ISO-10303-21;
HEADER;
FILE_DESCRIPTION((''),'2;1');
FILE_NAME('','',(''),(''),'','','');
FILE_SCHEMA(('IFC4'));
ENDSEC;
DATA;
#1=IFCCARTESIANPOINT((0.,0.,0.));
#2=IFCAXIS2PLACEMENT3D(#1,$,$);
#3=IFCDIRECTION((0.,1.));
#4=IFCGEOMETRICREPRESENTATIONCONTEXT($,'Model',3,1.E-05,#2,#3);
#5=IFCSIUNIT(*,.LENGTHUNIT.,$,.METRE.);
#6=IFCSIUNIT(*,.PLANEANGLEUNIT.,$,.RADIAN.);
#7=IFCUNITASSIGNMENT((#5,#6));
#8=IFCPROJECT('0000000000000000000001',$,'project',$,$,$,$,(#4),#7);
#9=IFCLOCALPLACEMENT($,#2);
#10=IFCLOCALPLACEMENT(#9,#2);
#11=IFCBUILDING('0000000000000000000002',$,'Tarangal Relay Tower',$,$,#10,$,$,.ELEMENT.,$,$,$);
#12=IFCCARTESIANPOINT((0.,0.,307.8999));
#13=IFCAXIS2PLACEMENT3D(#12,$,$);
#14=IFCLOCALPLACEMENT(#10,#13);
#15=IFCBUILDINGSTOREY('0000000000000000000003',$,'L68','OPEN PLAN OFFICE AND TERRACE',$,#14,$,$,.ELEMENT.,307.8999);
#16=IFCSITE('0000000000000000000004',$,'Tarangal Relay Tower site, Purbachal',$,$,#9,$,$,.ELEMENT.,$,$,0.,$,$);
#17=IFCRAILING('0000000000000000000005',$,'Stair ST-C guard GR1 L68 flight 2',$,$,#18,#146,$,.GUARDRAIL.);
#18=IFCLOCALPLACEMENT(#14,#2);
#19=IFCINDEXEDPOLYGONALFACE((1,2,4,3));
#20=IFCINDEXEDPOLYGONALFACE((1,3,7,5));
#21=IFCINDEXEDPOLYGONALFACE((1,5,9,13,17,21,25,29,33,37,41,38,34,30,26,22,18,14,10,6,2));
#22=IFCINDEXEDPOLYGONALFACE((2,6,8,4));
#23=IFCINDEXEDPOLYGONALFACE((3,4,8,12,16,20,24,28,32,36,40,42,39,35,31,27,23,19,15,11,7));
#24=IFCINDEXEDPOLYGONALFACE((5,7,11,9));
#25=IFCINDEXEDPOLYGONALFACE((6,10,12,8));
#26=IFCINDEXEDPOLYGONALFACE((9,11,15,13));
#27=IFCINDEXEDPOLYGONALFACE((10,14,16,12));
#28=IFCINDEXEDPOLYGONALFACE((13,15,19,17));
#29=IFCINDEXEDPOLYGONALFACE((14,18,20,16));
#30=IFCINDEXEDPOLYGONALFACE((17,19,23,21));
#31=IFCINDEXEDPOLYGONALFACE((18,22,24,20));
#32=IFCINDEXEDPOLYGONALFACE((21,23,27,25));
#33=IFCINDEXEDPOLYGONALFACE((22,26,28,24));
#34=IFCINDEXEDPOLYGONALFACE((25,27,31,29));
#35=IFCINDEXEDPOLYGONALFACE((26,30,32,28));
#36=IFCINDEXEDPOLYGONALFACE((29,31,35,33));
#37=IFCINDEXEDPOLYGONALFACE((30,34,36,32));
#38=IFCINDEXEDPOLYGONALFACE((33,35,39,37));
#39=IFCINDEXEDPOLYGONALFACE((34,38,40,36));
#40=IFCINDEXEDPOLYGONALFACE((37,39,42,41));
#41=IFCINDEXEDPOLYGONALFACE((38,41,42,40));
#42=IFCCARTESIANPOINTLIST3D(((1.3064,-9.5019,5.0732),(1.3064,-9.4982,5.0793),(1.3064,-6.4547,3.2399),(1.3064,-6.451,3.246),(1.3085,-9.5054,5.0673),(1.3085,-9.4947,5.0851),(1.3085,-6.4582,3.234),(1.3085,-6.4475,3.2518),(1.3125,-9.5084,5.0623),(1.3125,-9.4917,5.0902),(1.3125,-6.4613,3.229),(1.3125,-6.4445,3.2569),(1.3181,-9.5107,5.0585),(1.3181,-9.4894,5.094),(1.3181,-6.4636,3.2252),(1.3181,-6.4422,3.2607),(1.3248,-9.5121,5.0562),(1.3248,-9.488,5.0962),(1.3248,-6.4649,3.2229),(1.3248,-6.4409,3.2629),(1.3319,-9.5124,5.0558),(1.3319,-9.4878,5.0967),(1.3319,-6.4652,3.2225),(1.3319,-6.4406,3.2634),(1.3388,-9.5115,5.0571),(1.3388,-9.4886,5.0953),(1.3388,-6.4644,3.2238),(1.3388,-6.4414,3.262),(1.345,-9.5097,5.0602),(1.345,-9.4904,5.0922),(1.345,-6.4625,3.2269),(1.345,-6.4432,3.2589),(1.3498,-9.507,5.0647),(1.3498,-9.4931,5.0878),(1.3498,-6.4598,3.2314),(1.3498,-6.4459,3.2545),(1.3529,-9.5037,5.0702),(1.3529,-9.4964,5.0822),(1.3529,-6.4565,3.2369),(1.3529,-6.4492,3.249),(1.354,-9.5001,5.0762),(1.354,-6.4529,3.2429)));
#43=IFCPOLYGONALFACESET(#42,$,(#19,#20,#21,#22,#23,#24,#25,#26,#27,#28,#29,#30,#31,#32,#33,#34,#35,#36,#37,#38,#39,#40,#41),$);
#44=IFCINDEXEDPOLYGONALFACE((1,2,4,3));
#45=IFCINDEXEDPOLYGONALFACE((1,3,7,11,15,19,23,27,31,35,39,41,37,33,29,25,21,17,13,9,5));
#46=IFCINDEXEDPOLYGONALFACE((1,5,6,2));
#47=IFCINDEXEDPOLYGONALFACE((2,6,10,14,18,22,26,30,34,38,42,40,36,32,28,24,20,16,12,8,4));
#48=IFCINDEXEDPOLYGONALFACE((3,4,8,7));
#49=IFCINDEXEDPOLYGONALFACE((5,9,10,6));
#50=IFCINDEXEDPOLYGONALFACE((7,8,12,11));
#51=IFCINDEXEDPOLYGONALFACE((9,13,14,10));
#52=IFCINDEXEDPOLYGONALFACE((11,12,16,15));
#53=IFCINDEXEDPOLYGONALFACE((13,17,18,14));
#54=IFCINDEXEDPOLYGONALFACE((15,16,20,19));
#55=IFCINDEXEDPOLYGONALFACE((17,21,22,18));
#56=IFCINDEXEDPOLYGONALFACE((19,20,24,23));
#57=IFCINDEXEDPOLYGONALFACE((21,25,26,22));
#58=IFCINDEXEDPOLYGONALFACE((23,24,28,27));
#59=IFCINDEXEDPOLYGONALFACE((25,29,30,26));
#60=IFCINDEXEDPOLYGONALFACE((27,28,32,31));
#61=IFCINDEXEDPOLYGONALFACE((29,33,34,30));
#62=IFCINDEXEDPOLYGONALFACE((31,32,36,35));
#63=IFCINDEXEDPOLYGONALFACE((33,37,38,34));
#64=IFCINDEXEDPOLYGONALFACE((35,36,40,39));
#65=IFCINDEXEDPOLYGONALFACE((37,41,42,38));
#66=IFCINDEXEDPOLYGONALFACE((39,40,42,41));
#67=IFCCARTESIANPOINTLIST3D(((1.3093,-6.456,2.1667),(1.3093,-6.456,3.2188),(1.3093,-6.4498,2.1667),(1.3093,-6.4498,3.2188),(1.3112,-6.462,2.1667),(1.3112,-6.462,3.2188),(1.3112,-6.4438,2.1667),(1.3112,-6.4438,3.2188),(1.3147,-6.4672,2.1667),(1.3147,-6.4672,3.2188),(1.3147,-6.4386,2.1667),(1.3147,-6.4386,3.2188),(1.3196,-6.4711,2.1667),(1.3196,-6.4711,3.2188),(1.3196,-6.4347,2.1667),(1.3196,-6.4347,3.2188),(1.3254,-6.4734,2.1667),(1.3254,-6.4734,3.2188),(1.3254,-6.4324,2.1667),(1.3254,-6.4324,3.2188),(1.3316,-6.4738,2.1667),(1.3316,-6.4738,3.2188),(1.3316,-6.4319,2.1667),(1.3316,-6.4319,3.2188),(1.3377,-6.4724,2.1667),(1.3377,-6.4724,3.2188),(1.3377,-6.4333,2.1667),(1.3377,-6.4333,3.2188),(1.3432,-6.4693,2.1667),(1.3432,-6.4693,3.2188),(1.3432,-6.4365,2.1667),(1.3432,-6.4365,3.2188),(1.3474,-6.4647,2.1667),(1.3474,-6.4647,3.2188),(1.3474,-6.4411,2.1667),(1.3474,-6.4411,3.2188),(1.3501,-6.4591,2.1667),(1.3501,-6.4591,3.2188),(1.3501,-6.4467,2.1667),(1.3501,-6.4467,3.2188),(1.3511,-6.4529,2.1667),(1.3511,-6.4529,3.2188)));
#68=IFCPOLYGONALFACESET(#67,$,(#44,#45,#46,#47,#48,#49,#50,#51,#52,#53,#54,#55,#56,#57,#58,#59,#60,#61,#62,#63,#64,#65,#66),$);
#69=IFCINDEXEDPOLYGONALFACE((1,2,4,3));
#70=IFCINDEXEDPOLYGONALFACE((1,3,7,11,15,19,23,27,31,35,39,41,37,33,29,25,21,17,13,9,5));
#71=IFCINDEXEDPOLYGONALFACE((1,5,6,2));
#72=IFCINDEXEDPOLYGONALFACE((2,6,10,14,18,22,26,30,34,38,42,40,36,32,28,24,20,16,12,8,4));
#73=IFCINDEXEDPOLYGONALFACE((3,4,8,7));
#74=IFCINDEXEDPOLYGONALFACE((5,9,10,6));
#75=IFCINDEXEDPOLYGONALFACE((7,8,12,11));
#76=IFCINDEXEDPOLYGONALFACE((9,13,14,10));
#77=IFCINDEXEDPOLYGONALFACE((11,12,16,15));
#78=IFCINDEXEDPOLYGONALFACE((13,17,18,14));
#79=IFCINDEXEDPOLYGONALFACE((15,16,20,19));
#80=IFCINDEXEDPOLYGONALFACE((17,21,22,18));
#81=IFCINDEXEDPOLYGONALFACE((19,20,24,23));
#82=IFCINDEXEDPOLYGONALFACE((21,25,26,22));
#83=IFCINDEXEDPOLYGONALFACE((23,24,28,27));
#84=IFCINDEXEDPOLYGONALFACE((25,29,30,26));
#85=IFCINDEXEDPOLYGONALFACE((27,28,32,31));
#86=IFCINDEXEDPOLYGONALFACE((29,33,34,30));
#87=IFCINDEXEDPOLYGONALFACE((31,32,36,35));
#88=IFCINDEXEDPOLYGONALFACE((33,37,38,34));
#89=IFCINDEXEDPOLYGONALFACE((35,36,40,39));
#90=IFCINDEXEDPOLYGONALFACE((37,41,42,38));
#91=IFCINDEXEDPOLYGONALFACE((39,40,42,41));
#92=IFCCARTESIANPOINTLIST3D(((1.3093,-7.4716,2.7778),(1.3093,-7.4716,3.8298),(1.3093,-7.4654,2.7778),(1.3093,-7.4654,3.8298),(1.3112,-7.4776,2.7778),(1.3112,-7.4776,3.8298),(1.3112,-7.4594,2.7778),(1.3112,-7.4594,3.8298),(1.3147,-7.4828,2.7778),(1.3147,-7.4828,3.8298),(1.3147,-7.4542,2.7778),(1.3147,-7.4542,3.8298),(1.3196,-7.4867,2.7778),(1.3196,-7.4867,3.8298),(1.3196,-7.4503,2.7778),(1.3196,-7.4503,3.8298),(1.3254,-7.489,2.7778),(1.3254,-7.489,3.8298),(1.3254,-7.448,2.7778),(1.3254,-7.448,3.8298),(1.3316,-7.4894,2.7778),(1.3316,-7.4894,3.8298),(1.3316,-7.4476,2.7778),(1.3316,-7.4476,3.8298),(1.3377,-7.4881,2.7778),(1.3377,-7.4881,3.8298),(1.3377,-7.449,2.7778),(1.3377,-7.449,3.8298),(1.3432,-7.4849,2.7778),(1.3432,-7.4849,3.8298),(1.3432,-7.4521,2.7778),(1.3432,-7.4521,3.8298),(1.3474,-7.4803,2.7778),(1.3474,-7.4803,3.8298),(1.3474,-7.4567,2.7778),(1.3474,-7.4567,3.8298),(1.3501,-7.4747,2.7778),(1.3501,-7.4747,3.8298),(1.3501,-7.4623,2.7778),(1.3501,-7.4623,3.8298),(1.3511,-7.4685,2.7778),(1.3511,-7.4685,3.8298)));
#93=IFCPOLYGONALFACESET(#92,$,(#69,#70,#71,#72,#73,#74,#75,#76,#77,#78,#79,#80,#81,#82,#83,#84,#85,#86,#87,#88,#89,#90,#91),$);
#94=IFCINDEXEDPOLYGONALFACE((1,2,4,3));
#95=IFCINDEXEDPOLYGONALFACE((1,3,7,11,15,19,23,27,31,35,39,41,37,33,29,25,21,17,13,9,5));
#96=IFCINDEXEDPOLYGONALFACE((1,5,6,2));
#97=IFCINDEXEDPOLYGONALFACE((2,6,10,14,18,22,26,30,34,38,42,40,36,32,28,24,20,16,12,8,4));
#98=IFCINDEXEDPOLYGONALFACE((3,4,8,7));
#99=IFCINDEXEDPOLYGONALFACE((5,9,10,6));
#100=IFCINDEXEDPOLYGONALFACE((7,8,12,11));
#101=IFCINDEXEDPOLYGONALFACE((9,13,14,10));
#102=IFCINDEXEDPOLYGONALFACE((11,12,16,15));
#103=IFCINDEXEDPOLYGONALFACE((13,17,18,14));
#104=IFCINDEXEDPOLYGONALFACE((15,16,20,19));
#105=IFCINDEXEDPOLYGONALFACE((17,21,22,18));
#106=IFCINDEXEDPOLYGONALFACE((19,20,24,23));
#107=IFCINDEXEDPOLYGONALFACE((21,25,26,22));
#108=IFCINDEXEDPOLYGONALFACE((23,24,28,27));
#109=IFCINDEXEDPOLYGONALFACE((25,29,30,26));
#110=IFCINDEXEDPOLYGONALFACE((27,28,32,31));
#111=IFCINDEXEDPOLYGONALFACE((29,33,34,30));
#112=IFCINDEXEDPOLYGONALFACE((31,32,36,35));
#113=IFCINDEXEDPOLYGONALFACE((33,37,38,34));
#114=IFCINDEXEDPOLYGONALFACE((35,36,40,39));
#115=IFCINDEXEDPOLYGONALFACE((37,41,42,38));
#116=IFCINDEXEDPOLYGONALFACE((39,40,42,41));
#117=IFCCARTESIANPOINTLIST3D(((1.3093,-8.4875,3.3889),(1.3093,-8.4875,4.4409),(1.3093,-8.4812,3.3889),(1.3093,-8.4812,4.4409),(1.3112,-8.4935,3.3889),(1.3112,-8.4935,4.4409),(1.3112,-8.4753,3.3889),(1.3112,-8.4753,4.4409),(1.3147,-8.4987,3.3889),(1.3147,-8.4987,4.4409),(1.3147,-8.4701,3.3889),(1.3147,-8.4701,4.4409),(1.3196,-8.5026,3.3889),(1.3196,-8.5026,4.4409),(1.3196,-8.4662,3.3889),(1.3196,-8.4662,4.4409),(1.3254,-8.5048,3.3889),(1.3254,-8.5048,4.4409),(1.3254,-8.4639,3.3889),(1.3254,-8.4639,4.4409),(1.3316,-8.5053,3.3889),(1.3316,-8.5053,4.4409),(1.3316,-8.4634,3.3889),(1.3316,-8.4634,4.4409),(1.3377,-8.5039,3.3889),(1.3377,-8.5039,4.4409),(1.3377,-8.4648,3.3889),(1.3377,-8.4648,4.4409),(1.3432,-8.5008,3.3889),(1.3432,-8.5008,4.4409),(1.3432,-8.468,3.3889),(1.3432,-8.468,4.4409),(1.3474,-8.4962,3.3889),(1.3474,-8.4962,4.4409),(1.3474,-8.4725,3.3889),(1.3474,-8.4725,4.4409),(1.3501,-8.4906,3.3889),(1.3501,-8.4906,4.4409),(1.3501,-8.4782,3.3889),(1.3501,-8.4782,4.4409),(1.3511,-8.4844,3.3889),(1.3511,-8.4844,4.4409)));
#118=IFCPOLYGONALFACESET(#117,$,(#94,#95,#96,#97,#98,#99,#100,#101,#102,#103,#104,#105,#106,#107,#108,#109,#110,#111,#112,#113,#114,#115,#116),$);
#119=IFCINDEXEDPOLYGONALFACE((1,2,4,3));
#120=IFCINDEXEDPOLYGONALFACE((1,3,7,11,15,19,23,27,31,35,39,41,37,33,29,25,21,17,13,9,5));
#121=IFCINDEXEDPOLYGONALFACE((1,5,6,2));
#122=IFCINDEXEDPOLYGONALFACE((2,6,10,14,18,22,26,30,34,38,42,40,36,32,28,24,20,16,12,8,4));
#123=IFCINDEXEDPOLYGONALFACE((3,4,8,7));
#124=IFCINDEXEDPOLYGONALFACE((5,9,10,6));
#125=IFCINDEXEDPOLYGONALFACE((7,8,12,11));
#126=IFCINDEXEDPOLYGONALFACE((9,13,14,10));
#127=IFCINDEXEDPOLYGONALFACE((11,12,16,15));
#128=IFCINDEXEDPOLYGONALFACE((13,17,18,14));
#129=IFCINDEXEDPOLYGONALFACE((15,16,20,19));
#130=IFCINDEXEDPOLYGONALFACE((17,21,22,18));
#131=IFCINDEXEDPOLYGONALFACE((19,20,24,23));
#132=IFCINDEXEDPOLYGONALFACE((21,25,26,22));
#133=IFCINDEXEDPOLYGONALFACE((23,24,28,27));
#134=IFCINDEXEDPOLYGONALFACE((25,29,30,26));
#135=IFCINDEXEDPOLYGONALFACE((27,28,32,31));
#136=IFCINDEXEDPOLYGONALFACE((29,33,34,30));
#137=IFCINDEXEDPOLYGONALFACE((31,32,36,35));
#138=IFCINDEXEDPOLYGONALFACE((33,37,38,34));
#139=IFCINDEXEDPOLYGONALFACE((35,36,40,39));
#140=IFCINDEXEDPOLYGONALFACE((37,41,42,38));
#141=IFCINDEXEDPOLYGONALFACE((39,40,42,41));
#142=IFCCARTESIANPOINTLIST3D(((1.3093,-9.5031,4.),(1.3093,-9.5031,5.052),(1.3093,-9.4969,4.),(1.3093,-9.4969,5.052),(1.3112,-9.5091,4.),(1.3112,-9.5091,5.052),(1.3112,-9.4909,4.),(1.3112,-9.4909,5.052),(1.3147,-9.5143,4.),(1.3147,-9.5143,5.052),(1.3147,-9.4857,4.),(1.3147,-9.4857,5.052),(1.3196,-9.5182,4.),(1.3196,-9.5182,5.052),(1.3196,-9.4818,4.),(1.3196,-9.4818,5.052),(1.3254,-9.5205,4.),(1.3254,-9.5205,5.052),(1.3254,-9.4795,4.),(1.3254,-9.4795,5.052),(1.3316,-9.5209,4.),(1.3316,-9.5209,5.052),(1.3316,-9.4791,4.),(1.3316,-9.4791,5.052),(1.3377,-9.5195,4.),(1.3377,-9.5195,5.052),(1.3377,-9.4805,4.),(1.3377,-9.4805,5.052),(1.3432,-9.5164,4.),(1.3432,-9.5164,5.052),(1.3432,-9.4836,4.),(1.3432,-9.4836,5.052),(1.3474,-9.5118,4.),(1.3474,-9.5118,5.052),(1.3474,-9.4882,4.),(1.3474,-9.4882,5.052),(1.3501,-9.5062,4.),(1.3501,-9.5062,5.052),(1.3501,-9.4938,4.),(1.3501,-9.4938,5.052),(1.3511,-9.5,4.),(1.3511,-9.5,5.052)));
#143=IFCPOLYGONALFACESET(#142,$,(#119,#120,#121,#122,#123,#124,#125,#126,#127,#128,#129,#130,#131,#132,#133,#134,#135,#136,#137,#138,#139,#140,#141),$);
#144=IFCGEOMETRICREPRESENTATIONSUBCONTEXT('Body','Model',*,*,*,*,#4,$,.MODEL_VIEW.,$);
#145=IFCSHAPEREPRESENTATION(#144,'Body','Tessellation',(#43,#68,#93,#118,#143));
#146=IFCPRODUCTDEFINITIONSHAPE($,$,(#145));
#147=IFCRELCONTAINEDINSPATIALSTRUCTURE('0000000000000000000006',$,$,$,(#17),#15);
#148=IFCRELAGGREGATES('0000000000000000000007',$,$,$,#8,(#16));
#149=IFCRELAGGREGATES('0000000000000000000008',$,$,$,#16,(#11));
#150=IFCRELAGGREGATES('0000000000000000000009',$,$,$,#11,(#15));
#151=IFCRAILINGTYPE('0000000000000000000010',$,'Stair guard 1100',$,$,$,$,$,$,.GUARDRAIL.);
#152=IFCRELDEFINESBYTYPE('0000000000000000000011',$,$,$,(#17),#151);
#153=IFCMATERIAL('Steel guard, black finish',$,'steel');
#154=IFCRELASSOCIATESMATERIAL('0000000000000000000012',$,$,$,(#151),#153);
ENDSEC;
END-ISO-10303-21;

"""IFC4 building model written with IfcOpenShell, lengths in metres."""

from ifc_helpers import new_model, si_unit, direction, frame, origin, origin_2d, place, context, subcontext, project, spatial, circle, extrude, material, type_object, element, save


model = new_model("IFC4")

# Units and contexts
model_context = context("Model", 3, precision=1e-05, world=origin(), true_north=direction((0.0, 1.0)))
body_context = subcontext(model_context, "Body", "Model", "MODEL_VIEW")
ifc_project = project(units=[si_unit("LENGTHUNIT", "METRE"), si_unit("PLANEANGLEUNIT", "RADIAN")], contexts=[model_context])

# Site, building, storey
site_placement = place(None, origin())
site = spatial("IfcSite", under=ifc_project, at=site_placement, Name="Tarangal Relay Tower site, Purbachal", CompositionType="ELEMENT", RefElevation=0.0)
building_placement = place(site_placement, origin())
building = spatial("IfcBuilding", under=site, at=building_placement, Name="Tarangal Relay Tower", CompositionType="ELEMENT")
storey_placement = place(building_placement, frame((0.0, 0.0, 307.8999)))
storey = spatial("IfcBuildingStorey", under=building, at=storey_placement, Name="L68", Description="OPEN PLAN OFFICE AND TERRACE", CompositionType="ELEMENT", Elevation=307.8999)

# Railing
ifc_material_1 = material(Name="Steel guard, black finish", Category="steel")
railing_type = type_object("IfcRailingType", Name="Stair guard 1100", PredefinedType="GUARDRAIL", material=ifc_material_1)
railing_placement = place(storey_placement, frame((1.3301, -6.4529, 2.1667)))
element("IfcRailing", 1, at=railing_placement, inside=storey, type_object=railing_type, Name="Stair ST-C guard GR1 L68 flight 2", PredefinedType="GUARDRAIL", context=body_context, shape_type="SweptSolid", body=[
    extrude(circle(Radius=0.0239, at=origin_2d()), frame((0.0, 0.0, 1.0762), z_axis=(0.0, -0.856874, 0.515525), x_axis=(1.0, 0.0, 0.0)), (0.0, 0.0, 1.0), 3.5562),
    extrude(circle(Radius=0.021, at=origin_2d()), origin(), (0.0, 0.0, 1.0), 1.052),
    extrude(circle(Radius=0.021, at=origin_2d()), frame((0.0, -1.0156, 0.6111)), (0.0, 0.0, 1.0), 1.052),
    extrude(circle(Radius=0.021, at=origin_2d()), frame((0.0, -2.0315, 1.2222)), (0.0, 0.0, 1.0), 1.052),
    extrude(circle(Radius=0.021, at=origin_2d()), frame((0.0, -3.0471, 1.8333)), (0.0, 0.0, 1.0), 1.052),
])

save(model, "model.ifc")
